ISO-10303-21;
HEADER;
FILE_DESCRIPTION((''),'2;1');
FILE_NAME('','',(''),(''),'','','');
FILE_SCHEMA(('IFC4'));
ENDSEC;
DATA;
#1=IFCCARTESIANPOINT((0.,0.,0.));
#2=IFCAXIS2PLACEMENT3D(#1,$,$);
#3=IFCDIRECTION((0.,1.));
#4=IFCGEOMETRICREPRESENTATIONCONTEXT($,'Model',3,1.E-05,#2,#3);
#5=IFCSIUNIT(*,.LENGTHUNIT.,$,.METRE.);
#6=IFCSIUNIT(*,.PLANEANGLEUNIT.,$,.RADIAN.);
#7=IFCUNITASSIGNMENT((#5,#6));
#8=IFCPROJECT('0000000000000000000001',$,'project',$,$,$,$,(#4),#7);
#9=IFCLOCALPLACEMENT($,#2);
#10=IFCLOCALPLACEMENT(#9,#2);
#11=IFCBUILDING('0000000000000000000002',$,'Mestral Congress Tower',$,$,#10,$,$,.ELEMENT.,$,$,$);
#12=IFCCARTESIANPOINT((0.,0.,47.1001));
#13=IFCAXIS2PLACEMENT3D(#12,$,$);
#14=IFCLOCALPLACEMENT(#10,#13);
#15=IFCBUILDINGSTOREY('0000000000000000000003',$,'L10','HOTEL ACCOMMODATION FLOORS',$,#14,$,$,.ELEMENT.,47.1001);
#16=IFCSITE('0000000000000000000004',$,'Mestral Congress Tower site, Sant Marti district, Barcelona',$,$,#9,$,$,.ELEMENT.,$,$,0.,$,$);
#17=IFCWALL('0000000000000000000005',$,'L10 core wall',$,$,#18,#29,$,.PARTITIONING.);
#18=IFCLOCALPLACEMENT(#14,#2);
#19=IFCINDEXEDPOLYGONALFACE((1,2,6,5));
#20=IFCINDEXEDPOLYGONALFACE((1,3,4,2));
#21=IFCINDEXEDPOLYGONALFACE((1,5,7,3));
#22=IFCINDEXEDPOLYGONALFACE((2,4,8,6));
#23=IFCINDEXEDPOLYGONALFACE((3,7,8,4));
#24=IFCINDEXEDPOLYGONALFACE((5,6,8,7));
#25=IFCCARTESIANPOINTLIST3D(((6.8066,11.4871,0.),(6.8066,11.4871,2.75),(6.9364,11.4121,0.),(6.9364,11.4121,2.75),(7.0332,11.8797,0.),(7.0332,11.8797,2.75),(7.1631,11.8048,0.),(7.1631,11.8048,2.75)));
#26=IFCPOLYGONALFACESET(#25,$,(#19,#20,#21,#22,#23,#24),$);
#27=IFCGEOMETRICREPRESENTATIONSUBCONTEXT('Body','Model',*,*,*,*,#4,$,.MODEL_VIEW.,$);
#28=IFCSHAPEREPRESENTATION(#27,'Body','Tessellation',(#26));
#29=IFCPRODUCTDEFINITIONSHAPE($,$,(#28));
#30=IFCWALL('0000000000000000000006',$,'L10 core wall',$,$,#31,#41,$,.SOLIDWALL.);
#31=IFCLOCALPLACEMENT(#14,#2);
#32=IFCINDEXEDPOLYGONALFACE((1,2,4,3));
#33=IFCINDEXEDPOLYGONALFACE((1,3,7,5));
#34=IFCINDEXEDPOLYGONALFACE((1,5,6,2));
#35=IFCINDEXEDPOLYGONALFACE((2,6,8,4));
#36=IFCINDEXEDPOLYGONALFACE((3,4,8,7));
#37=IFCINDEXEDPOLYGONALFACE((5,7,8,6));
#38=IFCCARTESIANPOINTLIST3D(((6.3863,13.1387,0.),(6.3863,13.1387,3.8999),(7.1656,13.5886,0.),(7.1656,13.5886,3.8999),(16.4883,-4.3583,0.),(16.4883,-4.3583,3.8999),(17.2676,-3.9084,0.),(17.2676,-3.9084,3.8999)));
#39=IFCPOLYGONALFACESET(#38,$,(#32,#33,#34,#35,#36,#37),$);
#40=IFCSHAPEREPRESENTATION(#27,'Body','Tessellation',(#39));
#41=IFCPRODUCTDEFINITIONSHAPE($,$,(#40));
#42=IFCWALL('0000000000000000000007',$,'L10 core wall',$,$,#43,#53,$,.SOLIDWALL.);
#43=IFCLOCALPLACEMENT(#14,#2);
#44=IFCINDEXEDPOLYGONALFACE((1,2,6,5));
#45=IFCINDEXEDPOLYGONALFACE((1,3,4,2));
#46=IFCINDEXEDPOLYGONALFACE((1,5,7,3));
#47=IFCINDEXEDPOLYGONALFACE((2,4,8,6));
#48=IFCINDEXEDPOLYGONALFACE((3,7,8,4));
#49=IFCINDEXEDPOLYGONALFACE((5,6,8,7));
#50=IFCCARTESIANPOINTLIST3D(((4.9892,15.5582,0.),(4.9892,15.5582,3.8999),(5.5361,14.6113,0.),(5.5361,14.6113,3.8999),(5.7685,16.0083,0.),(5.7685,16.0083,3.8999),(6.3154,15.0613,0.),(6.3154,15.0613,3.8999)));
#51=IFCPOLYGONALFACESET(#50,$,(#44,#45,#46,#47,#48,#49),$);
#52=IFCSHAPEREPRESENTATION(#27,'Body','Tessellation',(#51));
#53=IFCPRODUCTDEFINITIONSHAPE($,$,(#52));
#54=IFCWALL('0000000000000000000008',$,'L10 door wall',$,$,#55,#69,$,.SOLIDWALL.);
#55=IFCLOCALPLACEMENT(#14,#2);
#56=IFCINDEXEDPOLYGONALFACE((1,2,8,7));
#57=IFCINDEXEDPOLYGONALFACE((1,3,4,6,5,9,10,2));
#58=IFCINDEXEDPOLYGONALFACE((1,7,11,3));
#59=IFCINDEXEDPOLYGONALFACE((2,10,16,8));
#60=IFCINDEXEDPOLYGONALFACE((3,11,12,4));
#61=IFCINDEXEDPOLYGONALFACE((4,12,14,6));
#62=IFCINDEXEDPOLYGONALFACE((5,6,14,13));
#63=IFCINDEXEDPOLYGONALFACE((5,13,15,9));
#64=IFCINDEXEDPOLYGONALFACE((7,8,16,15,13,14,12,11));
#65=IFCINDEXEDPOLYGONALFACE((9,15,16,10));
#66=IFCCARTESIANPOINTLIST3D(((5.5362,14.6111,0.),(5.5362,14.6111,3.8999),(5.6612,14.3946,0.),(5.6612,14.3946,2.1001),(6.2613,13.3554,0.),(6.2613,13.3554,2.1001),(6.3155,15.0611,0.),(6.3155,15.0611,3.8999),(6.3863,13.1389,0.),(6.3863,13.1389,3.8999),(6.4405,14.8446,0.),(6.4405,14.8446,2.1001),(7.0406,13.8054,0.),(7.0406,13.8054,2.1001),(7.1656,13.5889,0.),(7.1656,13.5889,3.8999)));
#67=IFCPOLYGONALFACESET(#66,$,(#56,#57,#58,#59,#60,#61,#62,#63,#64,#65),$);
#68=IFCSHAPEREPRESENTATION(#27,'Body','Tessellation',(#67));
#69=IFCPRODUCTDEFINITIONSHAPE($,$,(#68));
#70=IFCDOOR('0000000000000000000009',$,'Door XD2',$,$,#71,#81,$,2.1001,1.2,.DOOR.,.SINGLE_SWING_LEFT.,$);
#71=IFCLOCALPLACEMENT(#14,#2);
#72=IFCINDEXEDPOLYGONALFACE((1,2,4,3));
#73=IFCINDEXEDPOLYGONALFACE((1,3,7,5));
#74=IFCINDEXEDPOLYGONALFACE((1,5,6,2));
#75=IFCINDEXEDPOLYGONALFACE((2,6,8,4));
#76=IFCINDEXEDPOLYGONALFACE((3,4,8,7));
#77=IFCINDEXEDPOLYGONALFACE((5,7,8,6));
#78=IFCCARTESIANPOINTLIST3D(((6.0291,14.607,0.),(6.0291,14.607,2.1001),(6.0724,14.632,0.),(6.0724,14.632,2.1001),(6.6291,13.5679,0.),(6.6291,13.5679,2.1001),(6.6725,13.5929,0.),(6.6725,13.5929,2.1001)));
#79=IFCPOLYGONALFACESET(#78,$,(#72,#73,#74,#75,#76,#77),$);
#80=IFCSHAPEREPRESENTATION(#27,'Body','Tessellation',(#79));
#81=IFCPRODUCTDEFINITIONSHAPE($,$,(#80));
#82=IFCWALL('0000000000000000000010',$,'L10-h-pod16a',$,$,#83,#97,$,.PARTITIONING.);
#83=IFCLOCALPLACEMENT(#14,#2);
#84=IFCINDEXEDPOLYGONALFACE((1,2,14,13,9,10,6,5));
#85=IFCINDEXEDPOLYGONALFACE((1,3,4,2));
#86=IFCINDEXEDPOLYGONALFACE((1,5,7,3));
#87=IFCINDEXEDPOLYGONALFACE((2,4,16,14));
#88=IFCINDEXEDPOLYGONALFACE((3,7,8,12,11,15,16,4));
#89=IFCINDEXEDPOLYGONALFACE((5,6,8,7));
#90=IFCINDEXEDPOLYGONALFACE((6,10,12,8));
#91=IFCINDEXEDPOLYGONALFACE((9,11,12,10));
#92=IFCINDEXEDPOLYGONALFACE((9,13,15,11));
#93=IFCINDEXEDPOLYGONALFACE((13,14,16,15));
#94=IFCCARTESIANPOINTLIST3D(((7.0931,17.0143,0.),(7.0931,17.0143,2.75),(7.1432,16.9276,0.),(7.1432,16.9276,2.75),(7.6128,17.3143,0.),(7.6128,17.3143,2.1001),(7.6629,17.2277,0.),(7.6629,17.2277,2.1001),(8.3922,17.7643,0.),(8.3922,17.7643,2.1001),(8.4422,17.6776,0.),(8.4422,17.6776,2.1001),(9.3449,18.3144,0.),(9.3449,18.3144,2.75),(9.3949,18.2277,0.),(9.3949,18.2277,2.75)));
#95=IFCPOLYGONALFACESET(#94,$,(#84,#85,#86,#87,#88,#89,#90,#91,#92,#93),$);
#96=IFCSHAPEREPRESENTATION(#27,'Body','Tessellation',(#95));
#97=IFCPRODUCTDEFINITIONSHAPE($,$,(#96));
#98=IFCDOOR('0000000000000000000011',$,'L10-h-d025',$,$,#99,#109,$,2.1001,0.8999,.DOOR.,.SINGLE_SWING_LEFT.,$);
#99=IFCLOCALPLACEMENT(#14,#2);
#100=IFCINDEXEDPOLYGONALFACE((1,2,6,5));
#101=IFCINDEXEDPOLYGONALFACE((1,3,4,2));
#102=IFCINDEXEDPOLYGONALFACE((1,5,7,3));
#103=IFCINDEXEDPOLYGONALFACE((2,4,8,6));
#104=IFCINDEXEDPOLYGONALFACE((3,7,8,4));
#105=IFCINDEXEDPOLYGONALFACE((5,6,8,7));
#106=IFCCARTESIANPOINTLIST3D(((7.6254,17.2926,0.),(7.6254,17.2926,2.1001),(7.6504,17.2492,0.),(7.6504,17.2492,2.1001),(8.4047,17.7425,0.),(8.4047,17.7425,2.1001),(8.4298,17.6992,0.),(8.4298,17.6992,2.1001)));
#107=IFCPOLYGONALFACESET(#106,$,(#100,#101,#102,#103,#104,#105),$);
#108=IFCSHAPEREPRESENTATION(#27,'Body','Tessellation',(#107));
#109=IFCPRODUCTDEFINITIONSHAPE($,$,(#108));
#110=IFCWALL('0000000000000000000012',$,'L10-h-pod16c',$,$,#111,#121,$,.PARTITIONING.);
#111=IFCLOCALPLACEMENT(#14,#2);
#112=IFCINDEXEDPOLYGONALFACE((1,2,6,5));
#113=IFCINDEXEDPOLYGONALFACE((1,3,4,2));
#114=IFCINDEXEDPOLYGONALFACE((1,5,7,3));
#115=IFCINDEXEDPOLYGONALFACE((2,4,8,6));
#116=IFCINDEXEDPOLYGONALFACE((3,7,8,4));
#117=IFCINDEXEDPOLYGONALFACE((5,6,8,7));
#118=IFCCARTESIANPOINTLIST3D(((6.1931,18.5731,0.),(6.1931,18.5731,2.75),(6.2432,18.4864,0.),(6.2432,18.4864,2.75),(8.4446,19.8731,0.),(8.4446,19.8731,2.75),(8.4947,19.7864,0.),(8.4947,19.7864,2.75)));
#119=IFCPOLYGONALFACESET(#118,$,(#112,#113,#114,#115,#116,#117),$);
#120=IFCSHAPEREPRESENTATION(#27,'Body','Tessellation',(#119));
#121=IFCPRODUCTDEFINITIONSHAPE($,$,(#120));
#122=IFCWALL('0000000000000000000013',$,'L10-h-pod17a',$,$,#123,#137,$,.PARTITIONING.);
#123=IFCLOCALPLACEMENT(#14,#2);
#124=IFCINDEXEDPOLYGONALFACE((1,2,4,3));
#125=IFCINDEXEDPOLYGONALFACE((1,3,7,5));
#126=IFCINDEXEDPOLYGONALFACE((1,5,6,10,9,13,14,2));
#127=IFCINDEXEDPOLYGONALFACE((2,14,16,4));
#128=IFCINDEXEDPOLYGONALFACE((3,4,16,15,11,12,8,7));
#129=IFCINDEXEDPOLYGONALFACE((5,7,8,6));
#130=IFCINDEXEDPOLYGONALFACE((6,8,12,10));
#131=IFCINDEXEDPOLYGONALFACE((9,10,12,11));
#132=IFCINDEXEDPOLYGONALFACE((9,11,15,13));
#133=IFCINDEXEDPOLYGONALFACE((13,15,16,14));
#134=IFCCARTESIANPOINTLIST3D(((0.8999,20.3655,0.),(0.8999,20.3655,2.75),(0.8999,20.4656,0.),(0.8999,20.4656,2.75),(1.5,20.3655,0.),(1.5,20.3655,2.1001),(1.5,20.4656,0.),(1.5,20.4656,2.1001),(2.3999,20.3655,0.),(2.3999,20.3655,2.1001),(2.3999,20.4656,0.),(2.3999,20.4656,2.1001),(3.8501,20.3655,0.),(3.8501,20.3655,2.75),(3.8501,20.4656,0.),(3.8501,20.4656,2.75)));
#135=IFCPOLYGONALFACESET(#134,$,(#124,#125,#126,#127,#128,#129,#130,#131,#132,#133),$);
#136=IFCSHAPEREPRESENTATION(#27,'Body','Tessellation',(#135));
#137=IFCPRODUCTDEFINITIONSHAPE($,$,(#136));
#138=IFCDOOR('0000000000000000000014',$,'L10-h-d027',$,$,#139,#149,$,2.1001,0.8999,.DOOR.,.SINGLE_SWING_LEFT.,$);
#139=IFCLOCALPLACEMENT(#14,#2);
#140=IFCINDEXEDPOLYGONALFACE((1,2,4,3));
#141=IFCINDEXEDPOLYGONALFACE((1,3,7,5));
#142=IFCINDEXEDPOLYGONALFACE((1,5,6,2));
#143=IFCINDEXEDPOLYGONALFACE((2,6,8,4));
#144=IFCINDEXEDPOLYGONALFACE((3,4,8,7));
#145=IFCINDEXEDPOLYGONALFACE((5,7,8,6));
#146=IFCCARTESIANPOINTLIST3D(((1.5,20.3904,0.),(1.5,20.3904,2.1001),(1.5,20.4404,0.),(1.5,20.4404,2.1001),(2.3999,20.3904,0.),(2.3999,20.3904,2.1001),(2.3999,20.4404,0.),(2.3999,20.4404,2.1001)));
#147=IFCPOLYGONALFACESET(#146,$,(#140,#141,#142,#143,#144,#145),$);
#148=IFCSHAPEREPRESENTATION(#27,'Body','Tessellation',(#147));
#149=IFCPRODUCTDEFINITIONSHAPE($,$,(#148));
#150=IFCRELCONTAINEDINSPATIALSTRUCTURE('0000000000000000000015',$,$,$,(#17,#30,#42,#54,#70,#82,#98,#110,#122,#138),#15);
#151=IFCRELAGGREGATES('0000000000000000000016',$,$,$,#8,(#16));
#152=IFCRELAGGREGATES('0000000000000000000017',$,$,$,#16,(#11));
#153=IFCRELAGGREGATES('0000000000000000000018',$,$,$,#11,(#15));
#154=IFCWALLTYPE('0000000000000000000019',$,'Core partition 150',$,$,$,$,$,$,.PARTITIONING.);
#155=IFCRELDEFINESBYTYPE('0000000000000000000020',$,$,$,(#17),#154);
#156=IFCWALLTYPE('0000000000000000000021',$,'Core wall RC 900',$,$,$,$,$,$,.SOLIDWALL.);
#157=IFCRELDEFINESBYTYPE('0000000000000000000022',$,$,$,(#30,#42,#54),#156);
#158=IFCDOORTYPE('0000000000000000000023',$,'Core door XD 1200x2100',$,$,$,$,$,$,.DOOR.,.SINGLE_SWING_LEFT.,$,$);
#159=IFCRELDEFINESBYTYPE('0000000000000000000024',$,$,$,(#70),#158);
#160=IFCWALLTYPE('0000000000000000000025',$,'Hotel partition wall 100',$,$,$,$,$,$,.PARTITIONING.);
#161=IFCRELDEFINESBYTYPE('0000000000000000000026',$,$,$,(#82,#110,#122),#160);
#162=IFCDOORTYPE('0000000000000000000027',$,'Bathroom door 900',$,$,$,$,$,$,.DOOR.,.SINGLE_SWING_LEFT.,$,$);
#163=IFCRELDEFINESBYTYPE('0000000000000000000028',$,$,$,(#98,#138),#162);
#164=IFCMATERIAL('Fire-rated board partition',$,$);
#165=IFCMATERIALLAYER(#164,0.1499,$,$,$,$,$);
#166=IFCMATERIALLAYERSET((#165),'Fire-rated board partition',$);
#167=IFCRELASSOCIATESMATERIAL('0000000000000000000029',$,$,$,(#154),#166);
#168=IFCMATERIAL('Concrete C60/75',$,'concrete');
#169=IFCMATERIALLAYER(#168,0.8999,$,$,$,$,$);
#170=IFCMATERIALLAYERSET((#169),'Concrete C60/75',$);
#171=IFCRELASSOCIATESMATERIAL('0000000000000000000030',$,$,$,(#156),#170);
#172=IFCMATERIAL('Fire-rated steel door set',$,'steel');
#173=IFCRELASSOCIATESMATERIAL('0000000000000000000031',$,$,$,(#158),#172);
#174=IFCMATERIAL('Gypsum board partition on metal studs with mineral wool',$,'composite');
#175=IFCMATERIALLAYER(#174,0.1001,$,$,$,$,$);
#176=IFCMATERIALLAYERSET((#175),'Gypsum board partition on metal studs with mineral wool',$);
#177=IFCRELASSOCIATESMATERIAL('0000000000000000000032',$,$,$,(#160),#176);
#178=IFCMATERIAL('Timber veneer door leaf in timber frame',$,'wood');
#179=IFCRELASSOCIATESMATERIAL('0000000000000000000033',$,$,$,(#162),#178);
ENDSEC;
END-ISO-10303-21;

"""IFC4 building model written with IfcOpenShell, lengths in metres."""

from ifc_helpers import new_model, si_unit, direction, frame, frame_2d, origin, place, context, subcontext, project, spatial, rectangle, extrude, material, layer, layer_set, type_object, element, fill, save


model = new_model("IFC4")

# Units and contexts
model_context = context("Model", 3, precision=1e-05, world=origin(), true_north=direction((0.0, 1.0)))
body_context = subcontext(model_context, "Body", "Model", "MODEL_VIEW")
ifc_project = project(units=[si_unit("LENGTHUNIT", "METRE"), si_unit("PLANEANGLEUNIT", "RADIAN")], contexts=[model_context])

# Site, building, storey
site_placement = place(None, origin())
site = spatial("IfcSite", under=ifc_project, at=site_placement, Name="Mestral Congress Tower site, Sant Marti district, Barcelona", CompositionType="ELEMENT", RefElevation=0.0)
building_placement = place(site_placement, origin())
building = spatial("IfcBuilding", under=site, at=building_placement, Name="Mestral Congress Tower", CompositionType="ELEMENT")
storey_placement = place(building_placement, frame((0.0, 0.0, 47.1001)))
storey = spatial("IfcBuildingStorey", under=building, at=storey_placement, Name="L10", Description="HOTEL ACCOMMODATION FLOORS", CompositionType="ELEMENT", Elevation=47.1001)

# Walls
ifc_material_1 = material(Name="Fire-rated board partition")
ifc_layer_1 = layer(ifc_material_1, 0.1499)
ifc_layer_set_1 = layer_set([ifc_layer_1], Name="Fire-rated board partition")
wall_type_1 = type_object("IfcWallType", Name="Core partition 150", PredefinedType="PARTITIONING", material=ifc_layer_set_1)
wall_1_placement = place(storey_placement, frame((6.8716, 11.4497, 0.0), z_axis=(0.0, 0.0, 1.0), x_axis=(0.499847, 0.866114, 0.0)))
element("IfcWall", 1, at=wall_1_placement, inside=storey, type_object=wall_type_1, Name="L10 core wall", PredefinedType="PARTITIONING", context=body_context, shape_type="SweptSolid", body=[
    extrude(rectangle(XDim=0.4534, YDim=0.1499, at=frame_2d((0.2266, 0.0))), origin(), (0.0, 0.0, 1.0), 2.75),
])
ifc_material_2 = material(Name="Concrete C60/75", Category="concrete")
ifc_layer_2 = layer(ifc_material_2, 0.8999)
ifc_layer_set_2 = layer_set([ifc_layer_2], Name="Concrete C60/75")
wall_type_2 = type_object("IfcWallType", Name="Core wall RC 900", PredefinedType="SOLIDWALL", material=ifc_layer_set_2)
wall_2_placement = place(storey_placement, frame((6.7759, 13.3638, 0.0), z_axis=(0.0, 0.0, 1.0), x_axis=(0.500004, -0.866023, 0.0)))
element("IfcWall", 2, at=wall_2_placement, inside=storey, type_object=wall_type_2, Name="L10 core wall", PredefinedType="SOLIDWALL", context=body_context, shape_type="SweptSolid", body=[
    extrude(rectangle(XDim=20.2039, YDim=0.8999, at=frame_2d((10.1021, 0.0))), origin(), (0.0, 0.0, 1.0), 3.8999),
])
wall_3_placement = place(storey_placement, frame((5.9258, 14.8362, 0.0), z_axis=(0.0, 0.0, 1.0), x_axis=(-0.500077, 0.865981, 0.0)))
element("IfcWall", 3, at=wall_3_placement, inside=storey, type_object=wall_type_2, Name="L10 core wall", PredefinedType="SOLIDWALL", context=body_context, shape_type="SweptSolid", body=[
    extrude(rectangle(XDim=1.0935, YDim=0.8999, at=frame_2d((0.5469, 0.0))), origin(), (0.0, 0.0, 1.0), 3.8999),
])

# Walls, openings, doors
wall_4_placement = place(storey_placement, frame((5.9258, 14.8362, 0.0), z_axis=(0.0, 0.0, 1.0), x_axis=(0.500062, -0.865989, 0.0)))
wall_4 = element("IfcWall", 4, at=wall_4_placement, inside=storey, type_object=wall_type_2, Name="L10 door wall", PredefinedType="SOLIDWALL", context=body_context, shape_type="SweptSolid", body=[
    extrude(rectangle(XDim=1.7, YDim=0.8999, at=frame_2d((0.8501, 0.0))), origin(), (0.0, 0.0, 1.0), 3.8999),
])
opening_1_placement = place(wall_4_placement, frame((0.25, 0.0, 0.0)))
opening_1 = element("IfcOpeningElement", 5, at=opening_1_placement, cuts=wall_4, PredefinedType="OPENING", context=body_context, shape_type="SweptSolid", body=[
    extrude(rectangle(XDim=1.2, YDim=2.1001, at=frame_2d((0.6001, 1.05))), frame((0.0, 0.46, 0.0), z_axis=(0.0, -1.0, 0.0), x_axis=(1.0, 0.0, 0.0)), (0.0, 0.0, 1.0), 0.9199),
])
ifc_material_3 = material(Name="Fire-rated steel door set", Category="steel")
door_type_1 = type_object("IfcDoorType", Name="Core door XD 1200x2100", OperationType="SINGLE_SWING_LEFT", PredefinedType="DOOR", material=ifc_material_3)
door_1_placement = place(opening_1_placement, origin())
door_1 = element("IfcDoor", 6, at=door_1_placement, inside=storey, type_object=door_type_1, Name="Door XD2", OperationType="SINGLE_SWING_LEFT", OverallHeight=2.1001, OverallWidth=1.2, PredefinedType="DOOR", context=body_context, shape_type="SweptSolid", body=[
    extrude(rectangle(XDim=1.2, YDim=2.1001, at=frame_2d((0.6001, 1.05))), frame((0.0, 0.0249, 0.0), z_axis=(0.0, -1.0, 0.0), x_axis=(1.0, 0.0, 0.0)), (0.0, 0.0, 1.0), 0.05),
])
fill(opening_1, door_1)
ifc_material_4 = material(Name="Gypsum board partition on metal studs with mineral wool", Category="composite")
ifc_layer_3 = layer(ifc_material_4, 0.1001)
ifc_layer_set_3 = layer_set([ifc_layer_3], Name="Gypsum board partition on metal studs with mineral wool")
wall_type_3 = type_object("IfcWallType", Name="Hotel partition wall 100", PredefinedType="PARTITIONING", material=ifc_layer_set_3)
wall_5_placement = place(storey_placement, frame((7.1182, 16.9709, 0.0), z_axis=(0.0, 0.0, 1.0), x_axis=(0.866021, 0.500007, 0.0)))
wall_5 = element("IfcWall", 7, at=wall_5_placement, inside=storey, type_object=wall_type_3, Name="L10-h-pod16a", PredefinedType="PARTITIONING", context=body_context, shape_type="SweptSolid", body=[
    extrude(rectangle(XDim=2.6001, YDim=0.1001, at=frame_2d((1.3, 0.0))), origin(), (0.0, 0.0, 1.0), 2.75),
])
opening_2_placement = place(wall_5_placement, frame((0.6001, 0.0, 0.0)))
opening_2 = element("IfcOpeningElement", 8, at=opening_2_placement, cuts=wall_5, PredefinedType="OPENING", context=body_context, shape_type="SweptSolid", body=[
    extrude(rectangle(XDim=0.8999, YDim=2.1001, at=frame_2d((0.45, 1.05))), frame((0.0, 0.0601, 0.0), z_axis=(0.0, -1.0, 0.0), x_axis=(1.0, 0.0, 0.0)), (0.0, 0.0, 1.0), 0.1201),
])
ifc_material_5 = material(Name="Timber veneer door leaf in timber frame", Category="wood")
door_type_2 = type_object("IfcDoorType", Name="Bathroom door 900", OperationType="SINGLE_SWING_LEFT", PredefinedType="DOOR", material=ifc_material_5)
door_2_placement = place(opening_2_placement, origin())
door_2 = element("IfcDoor", 9, at=door_2_placement, inside=storey, type_object=door_type_2, Name="L10-h-d025", OperationType="SINGLE_SWING_LEFT", OverallHeight=2.1001, OverallWidth=0.8999, PredefinedType="DOOR", context=body_context, shape_type="SweptSolid", body=[
    extrude(rectangle(XDim=0.8999, YDim=2.1001, at=frame_2d((0.45, 1.05))), frame((0.0, 0.0249, 0.0), z_axis=(0.0, -1.0, 0.0), x_axis=(1.0, 0.0, 0.0)), (0.0, 0.0, 1.0), 0.05),
])
fill(opening_2, door_2)

# Wall
wall_6_placement = place(storey_placement, frame((6.2183, 18.5298, 0.0), z_axis=(0.0, 0.0, 1.0), x_axis=(0.865998, 0.500048, 0.0)))
element("IfcWall", 10, at=wall_6_placement, inside=storey, type_object=wall_type_3, Name="L10-h-pod16c", PredefinedType="PARTITIONING", context=body_context, shape_type="SweptSolid", body=[
    extrude(rectangle(XDim=2.5999, YDim=0.1001, at=frame_2d((1.2998, 0.0))), origin(), (0.0, 0.0, 1.0), 2.75),
])

# Wall, opening, door
wall_7_placement = place(storey_placement, frame((0.8999, 20.4155, 0.0), z_axis=(0.0, 0.0, 1.0), x_axis=(1.0, 0.0, 0.0)))
wall_7 = element("IfcWall", 11, at=wall_7_placement, inside=storey, type_object=wall_type_3, Name="L10-h-pod17a", PredefinedType="PARTITIONING", context=body_context, shape_type="SweptSolid", body=[
    extrude(rectangle(XDim=2.9502, YDim=0.1001, at=frame_2d((1.4751, 0.0))), origin(), (0.0, 0.0, 1.0), 2.75),
])
opening_3_placement = place(wall_7_placement, frame((0.6001, 0.0, 0.0)))
opening_3 = element("IfcOpeningElement", 12, at=opening_3_placement, cuts=wall_7, PredefinedType="OPENING", context=body_context, shape_type="SweptSolid", body=[
    extrude(rectangle(XDim=0.8999, YDim=2.1001, at=frame_2d((0.45, 1.05))), frame((0.0, 0.0601, 0.0), z_axis=(0.0, -1.0, 0.0), x_axis=(1.0, 0.0, 0.0)), (0.0, 0.0, 1.0), 0.1201),
])
door_3_placement = place(opening_3_placement, origin())
door_3 = element("IfcDoor", 13, at=door_3_placement, inside=storey, type_object=door_type_2, Name="L10-h-d027", OperationType="SINGLE_SWING_LEFT", OverallHeight=2.1001, OverallWidth=0.8999, PredefinedType="DOOR", context=body_context, shape_type="SweptSolid", body=[
    extrude(rectangle(XDim=0.8999, YDim=2.1001, at=frame_2d((0.45, 1.05))), frame((0.0, 0.0249, 0.0), z_axis=(0.0, -1.0, 0.0), x_axis=(1.0, 0.0, 0.0)), (0.0, 0.0, 1.0), 0.05),
])
fill(opening_3, door_3)

save(model, "model.ifc")
